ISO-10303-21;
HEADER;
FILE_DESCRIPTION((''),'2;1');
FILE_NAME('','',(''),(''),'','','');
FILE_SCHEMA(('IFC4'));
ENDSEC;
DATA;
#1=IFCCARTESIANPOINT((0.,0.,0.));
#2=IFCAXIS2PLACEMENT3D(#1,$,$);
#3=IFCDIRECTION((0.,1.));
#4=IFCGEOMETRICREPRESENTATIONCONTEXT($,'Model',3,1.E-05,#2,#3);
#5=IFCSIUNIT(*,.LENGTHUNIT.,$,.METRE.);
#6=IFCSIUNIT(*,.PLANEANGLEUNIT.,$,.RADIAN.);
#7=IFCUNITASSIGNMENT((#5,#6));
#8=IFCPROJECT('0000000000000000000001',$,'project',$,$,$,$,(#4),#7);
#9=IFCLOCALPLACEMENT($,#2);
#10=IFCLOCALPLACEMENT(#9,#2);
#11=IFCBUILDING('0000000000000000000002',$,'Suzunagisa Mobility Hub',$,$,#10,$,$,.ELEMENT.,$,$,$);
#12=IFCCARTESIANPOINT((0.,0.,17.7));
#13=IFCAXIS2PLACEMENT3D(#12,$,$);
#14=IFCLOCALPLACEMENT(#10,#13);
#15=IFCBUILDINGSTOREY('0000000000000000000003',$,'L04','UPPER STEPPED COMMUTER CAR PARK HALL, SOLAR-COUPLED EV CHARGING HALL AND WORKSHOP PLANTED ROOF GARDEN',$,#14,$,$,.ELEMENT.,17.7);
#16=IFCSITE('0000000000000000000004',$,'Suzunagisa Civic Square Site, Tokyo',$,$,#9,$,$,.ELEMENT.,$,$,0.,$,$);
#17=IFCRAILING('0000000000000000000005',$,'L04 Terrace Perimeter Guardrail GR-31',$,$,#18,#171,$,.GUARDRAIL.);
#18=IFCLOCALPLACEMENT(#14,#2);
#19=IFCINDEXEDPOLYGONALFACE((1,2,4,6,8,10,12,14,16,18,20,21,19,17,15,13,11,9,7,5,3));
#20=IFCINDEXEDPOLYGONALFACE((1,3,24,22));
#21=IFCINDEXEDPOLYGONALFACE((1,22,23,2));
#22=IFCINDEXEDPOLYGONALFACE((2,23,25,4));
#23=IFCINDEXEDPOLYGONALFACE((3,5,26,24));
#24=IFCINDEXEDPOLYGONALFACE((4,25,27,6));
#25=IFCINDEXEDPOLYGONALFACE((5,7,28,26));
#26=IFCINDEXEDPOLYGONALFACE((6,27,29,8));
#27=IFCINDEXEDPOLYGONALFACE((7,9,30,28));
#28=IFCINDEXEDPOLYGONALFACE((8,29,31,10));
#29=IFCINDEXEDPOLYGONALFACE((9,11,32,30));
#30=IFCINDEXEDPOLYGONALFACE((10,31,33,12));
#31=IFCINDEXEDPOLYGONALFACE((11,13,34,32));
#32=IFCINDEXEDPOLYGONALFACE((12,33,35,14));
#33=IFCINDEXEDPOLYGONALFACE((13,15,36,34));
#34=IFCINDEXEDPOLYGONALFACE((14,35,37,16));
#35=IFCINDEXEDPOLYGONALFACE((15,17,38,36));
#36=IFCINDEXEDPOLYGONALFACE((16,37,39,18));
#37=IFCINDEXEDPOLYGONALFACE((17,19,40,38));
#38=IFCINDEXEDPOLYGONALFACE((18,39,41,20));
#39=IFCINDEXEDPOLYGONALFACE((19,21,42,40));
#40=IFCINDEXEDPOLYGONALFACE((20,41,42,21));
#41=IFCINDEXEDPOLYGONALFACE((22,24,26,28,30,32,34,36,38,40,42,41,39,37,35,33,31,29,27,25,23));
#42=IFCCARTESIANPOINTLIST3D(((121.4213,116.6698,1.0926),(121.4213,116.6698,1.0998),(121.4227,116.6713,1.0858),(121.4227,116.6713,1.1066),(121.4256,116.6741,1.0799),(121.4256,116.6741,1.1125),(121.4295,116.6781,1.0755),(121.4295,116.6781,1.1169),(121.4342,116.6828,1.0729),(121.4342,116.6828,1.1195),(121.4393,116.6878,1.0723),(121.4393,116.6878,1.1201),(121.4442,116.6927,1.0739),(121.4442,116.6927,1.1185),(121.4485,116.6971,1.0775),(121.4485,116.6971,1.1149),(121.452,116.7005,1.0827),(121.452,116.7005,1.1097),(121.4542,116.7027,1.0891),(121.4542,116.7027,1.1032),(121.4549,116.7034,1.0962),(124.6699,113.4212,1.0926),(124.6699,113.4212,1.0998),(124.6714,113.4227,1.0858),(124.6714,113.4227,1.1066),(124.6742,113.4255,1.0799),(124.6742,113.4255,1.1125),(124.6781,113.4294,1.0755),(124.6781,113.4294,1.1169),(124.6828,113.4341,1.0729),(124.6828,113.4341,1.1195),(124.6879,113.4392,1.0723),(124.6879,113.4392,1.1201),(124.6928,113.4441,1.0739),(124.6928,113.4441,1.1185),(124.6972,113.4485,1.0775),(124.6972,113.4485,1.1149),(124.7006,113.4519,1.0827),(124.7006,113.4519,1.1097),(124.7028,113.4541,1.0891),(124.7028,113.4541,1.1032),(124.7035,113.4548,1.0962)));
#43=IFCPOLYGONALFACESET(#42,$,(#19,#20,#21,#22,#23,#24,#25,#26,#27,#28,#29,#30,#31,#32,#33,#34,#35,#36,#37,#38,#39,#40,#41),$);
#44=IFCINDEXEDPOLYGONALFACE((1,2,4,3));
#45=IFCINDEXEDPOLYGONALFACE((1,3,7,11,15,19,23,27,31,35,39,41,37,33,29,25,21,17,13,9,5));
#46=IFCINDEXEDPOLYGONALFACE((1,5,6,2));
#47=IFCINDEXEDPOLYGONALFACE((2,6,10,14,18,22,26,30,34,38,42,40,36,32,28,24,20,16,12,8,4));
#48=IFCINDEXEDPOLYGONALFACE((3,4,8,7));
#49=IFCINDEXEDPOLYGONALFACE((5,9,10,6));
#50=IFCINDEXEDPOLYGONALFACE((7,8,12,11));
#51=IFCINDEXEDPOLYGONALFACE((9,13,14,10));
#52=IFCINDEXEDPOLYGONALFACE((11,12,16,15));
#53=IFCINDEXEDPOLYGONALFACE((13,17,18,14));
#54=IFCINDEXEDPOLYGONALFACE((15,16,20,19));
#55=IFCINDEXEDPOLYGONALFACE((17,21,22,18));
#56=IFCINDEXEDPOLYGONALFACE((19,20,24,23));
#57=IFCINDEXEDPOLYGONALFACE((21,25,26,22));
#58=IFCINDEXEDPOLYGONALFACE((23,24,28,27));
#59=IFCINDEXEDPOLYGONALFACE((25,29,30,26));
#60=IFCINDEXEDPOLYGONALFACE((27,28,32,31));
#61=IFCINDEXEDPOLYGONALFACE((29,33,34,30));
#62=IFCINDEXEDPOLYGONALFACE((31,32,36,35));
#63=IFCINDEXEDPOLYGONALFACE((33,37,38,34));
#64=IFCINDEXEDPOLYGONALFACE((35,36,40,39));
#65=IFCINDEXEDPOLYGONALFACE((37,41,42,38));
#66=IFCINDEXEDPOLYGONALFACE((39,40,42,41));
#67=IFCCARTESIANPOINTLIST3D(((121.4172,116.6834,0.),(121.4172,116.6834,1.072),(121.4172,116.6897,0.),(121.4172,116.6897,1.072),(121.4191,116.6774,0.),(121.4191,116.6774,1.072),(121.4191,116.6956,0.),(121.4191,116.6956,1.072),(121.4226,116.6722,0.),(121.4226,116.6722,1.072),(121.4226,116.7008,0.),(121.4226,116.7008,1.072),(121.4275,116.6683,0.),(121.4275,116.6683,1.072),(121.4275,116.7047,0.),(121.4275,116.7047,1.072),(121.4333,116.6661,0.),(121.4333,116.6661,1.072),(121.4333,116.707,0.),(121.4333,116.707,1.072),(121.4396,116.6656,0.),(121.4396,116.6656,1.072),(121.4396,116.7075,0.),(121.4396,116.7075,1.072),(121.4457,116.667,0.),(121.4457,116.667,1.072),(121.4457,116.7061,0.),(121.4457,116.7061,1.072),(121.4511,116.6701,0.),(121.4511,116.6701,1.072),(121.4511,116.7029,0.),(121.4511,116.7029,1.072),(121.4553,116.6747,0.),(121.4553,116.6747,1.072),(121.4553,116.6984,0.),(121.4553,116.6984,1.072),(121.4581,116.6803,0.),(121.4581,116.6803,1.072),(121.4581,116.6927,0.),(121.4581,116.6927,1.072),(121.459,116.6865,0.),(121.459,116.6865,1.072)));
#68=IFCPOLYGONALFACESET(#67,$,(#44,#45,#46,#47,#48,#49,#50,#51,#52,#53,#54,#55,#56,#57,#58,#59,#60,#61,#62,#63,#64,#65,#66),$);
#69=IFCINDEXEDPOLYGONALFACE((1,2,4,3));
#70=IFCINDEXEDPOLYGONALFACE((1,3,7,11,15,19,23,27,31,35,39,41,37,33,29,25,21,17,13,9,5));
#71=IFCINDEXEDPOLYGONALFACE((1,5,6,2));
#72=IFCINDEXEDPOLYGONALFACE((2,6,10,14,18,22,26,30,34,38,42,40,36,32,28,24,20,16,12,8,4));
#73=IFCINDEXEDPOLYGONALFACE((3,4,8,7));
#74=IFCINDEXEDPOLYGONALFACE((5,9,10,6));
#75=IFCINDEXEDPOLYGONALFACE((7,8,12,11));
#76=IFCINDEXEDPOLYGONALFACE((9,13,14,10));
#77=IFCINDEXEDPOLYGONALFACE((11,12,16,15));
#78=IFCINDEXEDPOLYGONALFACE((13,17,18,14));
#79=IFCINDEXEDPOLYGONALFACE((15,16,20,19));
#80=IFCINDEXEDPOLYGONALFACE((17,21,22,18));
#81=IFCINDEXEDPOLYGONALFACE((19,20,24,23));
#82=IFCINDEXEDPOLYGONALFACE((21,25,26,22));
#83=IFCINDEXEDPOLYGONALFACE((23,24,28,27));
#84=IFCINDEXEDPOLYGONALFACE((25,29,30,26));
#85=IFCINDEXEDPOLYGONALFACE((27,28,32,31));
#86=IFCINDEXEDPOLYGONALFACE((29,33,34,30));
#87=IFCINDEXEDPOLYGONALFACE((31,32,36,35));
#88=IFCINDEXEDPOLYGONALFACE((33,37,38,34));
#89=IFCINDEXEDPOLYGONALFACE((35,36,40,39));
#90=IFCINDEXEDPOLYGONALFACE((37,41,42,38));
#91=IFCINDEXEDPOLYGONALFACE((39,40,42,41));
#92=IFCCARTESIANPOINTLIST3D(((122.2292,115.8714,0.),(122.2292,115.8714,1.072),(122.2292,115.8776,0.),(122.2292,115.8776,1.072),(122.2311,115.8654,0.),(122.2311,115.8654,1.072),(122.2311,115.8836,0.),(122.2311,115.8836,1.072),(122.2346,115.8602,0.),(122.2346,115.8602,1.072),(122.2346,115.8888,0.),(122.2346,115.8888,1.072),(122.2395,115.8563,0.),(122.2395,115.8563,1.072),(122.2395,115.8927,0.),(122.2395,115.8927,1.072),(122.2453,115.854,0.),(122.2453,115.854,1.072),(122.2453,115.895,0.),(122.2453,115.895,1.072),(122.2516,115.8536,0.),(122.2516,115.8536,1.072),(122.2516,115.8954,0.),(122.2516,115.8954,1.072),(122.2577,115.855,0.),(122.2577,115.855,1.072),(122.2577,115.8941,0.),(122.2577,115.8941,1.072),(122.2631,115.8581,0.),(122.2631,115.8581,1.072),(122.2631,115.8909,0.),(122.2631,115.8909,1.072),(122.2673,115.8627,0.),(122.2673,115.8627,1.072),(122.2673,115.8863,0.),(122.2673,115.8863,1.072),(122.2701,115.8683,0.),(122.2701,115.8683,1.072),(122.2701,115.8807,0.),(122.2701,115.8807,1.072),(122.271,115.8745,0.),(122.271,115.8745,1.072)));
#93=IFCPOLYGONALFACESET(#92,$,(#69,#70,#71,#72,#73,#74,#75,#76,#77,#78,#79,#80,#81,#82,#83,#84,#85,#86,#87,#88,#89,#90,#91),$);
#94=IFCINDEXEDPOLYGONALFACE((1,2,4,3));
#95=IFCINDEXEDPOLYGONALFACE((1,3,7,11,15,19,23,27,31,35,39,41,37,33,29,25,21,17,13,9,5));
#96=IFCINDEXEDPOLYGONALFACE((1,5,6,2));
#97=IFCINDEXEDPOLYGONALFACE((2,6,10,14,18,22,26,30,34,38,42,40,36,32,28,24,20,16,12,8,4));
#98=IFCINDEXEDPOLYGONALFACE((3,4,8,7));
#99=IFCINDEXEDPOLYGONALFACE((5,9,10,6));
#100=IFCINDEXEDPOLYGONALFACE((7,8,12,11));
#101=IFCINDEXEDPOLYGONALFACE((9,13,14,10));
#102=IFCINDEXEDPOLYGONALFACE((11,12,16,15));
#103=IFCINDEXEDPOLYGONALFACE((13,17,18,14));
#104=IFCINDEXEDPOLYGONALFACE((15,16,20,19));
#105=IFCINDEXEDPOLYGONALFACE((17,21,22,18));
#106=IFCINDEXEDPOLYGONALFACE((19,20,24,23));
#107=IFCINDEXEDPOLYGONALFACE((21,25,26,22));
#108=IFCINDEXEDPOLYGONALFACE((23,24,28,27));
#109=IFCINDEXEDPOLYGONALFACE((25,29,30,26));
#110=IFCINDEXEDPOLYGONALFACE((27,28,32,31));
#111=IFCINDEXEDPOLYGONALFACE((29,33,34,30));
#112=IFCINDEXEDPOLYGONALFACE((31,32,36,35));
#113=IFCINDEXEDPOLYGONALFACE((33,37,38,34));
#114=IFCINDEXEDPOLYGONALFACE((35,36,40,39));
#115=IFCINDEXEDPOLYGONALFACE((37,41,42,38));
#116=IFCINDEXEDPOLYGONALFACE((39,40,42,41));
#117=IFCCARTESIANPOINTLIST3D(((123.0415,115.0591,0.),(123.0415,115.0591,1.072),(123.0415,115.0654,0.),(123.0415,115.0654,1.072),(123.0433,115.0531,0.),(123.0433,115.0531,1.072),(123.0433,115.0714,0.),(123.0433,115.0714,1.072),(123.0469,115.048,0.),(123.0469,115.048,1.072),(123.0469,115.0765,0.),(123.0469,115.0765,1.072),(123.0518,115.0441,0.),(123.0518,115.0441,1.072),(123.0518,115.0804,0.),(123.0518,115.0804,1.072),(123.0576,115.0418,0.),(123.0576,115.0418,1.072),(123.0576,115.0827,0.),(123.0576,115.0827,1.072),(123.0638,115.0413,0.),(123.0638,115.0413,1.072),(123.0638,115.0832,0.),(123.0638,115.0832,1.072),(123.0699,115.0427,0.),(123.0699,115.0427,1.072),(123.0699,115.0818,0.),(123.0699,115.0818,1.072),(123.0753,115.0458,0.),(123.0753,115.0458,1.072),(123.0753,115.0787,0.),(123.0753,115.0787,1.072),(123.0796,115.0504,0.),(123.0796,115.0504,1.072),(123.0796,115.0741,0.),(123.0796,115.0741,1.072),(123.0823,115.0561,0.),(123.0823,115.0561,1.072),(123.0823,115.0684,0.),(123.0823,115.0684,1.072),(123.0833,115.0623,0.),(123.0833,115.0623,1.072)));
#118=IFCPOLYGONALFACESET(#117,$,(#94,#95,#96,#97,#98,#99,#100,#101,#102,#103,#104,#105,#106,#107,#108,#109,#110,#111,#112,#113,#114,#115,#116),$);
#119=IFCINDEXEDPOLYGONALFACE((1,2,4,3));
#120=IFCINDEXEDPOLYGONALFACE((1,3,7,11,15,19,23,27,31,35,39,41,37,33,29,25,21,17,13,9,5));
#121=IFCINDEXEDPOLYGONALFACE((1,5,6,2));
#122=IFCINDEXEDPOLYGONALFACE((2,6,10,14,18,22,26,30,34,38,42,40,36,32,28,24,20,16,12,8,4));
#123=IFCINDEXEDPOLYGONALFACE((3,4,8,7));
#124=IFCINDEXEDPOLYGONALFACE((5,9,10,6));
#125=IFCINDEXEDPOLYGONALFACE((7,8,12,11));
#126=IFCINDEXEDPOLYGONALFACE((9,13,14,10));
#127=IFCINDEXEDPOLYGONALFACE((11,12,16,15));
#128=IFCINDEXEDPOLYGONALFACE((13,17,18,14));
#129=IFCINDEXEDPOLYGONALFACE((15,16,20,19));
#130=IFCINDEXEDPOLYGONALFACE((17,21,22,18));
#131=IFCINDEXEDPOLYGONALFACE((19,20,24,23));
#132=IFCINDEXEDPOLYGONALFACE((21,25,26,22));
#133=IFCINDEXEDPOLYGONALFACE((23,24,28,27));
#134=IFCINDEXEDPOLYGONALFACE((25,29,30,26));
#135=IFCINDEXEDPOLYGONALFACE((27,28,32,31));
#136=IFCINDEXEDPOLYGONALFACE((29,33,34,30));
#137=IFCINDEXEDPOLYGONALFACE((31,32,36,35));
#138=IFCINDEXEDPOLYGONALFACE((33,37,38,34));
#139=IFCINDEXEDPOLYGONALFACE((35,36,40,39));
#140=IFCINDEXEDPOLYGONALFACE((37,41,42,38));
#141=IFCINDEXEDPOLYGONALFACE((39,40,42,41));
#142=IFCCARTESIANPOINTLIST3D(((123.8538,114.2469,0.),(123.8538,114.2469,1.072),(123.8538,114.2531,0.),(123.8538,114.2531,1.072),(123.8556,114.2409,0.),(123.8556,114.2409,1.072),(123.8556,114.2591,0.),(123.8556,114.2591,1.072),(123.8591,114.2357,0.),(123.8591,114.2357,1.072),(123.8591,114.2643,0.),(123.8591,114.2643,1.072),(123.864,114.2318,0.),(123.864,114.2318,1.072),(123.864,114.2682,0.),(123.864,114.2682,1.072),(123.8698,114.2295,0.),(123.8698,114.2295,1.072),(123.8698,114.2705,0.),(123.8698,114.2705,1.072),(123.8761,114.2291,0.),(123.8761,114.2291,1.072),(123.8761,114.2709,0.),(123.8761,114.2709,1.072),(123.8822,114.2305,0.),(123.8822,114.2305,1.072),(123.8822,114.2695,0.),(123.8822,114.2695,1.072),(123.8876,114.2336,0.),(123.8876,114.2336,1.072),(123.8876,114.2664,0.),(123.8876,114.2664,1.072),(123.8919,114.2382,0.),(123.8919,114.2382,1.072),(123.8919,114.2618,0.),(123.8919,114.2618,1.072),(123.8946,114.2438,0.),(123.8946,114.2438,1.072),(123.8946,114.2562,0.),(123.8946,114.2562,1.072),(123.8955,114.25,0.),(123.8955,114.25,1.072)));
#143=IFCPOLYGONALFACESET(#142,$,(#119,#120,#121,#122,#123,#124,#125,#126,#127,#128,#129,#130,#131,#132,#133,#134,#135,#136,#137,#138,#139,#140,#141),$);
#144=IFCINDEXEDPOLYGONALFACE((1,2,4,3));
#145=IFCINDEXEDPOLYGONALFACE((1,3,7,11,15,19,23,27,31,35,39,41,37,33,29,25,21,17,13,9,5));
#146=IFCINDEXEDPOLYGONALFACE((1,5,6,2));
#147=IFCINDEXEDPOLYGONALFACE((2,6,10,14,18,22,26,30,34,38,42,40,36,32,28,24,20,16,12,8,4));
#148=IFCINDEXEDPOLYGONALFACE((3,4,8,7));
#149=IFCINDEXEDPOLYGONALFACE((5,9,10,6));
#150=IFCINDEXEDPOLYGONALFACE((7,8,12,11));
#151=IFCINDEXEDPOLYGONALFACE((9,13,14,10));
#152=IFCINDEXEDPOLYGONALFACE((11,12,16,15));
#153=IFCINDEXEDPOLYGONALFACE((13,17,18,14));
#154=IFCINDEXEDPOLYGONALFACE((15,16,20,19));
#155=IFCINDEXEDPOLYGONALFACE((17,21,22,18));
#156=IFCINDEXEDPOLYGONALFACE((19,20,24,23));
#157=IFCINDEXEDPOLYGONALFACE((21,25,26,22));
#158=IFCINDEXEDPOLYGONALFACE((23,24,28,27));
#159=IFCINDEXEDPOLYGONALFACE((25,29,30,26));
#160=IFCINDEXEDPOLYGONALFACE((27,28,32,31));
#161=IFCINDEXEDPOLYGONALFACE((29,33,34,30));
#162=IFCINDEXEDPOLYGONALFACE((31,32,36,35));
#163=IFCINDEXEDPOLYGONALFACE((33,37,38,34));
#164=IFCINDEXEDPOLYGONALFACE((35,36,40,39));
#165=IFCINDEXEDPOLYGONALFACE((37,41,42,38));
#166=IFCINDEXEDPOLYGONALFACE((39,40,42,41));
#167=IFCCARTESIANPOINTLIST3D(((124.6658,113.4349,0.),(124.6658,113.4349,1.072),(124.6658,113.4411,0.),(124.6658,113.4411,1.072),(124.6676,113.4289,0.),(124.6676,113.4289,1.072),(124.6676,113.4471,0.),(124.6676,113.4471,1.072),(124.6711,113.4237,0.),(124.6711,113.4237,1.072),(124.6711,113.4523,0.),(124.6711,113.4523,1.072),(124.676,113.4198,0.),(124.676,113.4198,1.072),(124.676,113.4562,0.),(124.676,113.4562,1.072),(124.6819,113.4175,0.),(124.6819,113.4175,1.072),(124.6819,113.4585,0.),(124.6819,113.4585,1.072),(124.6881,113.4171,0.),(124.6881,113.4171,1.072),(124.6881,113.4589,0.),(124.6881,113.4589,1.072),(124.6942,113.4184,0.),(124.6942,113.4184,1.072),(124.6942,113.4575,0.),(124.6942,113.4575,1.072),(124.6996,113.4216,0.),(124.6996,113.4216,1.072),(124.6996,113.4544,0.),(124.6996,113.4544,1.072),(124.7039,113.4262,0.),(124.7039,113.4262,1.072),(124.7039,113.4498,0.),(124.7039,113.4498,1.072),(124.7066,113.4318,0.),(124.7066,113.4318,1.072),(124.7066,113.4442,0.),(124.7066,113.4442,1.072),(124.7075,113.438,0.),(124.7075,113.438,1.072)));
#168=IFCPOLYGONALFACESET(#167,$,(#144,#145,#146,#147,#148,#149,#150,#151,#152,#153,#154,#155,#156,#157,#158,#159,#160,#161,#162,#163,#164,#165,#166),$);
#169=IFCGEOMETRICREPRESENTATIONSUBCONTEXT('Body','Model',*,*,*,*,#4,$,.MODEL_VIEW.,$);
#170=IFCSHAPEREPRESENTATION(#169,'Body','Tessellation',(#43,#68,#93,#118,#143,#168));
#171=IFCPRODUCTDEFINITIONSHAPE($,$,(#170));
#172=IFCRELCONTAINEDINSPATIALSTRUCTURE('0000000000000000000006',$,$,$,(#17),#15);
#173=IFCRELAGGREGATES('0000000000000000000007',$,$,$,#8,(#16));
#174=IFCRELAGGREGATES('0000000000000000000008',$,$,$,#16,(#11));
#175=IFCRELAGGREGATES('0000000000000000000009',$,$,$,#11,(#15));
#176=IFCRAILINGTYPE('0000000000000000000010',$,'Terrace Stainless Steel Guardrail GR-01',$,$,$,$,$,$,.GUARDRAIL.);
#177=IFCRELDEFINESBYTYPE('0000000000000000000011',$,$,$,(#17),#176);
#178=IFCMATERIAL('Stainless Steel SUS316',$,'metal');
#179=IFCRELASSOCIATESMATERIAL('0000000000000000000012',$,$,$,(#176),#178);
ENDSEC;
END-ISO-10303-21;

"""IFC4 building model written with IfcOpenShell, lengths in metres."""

from ifc_helpers import new_model, si_unit, direction, frame, origin, origin_2d, place, context, subcontext, project, spatial, circle, extrude, material, type_object, element, save


model = new_model("IFC4")

# Units and contexts
model_context = context("Model", 3, precision=1e-05, world=origin(), true_north=direction((0.0, 1.0)))
body_context = subcontext(model_context, "Body", "Model", "MODEL_VIEW")
ifc_project = project(units=[si_unit("LENGTHUNIT", "METRE"), si_unit("PLANEANGLEUNIT", "RADIAN")], contexts=[model_context])

# Site, building, storey
site_placement = place(None, origin())
site = spatial("IfcSite", under=ifc_project, at=site_placement, Name="Suzunagisa Civic Square Site, Tokyo", CompositionType="ELEMENT", RefElevation=0.0)
building_placement = place(site_placement, origin())
building = spatial("IfcBuilding", under=site, at=building_placement, Name="Suzunagisa Mobility Hub", CompositionType="ELEMENT")
storey_placement = place(building_placement, frame((0.0, 0.0, 17.7)))
storey = spatial("IfcBuildingStorey", under=building, at=storey_placement, Name="L04", Description="UPPER STEPPED COMMUTER CAR PARK HALL, SOLAR-COUPLED EV CHARGING HALL AND WORKSHOP PLANTED ROOF GARDEN", CompositionType="ELEMENT", Elevation=17.7)

# Railing
ifc_material_1 = material(Name="Stainless Steel SUS316", Category="metal")
railing_type_1 = type_object("IfcRailingType", Name="Terrace Stainless Steel Guardrail GR-01", PredefinedType="GUARDRAIL", material=ifc_material_1)
railing_1_placement = place(storey_placement, frame((121.438, 116.6865, 0.0)))
element("IfcRailing", 1, at=railing_1_placement, inside=storey, type_object=railing_type_1, Name="L04 Terrace Perimeter Guardrail GR-31", PredefinedType="GUARDRAIL", context=body_context, shape_type="SweptSolid", body=[
    extrude(circle(Radius=0.0239, at=origin_2d()), frame((0.0, 0.0, 1.0962), z_axis=(0.707107, -0.707107, 0.0), x_axis=(0.707107, 0.707107, 0.0)), (0.0, 0.0, 1.0), 4.5942),
    extrude(circle(Radius=0.021, at=origin_2d()), origin(), (0.0, 0.0, 1.0), 1.072),
    extrude(circle(Radius=0.021, at=origin_2d()), frame((0.812, -0.812, 0.0)), (0.0, 0.0, 1.0), 1.072),
    extrude(circle(Radius=0.021, at=origin_2d()), frame((1.6243, -1.6243, 0.0)), (0.0, 0.0, 1.0), 1.072),
    extrude(circle(Radius=0.021, at=origin_2d()), frame((2.4365, -2.4365, 0.0)), (0.0, 0.0, 1.0), 1.072),
    extrude(circle(Radius=0.021, at=origin_2d()), frame((3.2485, -3.2485, 0.0)), (0.0, 0.0, 1.0), 1.072),
])

save(model, "model.ifc")
